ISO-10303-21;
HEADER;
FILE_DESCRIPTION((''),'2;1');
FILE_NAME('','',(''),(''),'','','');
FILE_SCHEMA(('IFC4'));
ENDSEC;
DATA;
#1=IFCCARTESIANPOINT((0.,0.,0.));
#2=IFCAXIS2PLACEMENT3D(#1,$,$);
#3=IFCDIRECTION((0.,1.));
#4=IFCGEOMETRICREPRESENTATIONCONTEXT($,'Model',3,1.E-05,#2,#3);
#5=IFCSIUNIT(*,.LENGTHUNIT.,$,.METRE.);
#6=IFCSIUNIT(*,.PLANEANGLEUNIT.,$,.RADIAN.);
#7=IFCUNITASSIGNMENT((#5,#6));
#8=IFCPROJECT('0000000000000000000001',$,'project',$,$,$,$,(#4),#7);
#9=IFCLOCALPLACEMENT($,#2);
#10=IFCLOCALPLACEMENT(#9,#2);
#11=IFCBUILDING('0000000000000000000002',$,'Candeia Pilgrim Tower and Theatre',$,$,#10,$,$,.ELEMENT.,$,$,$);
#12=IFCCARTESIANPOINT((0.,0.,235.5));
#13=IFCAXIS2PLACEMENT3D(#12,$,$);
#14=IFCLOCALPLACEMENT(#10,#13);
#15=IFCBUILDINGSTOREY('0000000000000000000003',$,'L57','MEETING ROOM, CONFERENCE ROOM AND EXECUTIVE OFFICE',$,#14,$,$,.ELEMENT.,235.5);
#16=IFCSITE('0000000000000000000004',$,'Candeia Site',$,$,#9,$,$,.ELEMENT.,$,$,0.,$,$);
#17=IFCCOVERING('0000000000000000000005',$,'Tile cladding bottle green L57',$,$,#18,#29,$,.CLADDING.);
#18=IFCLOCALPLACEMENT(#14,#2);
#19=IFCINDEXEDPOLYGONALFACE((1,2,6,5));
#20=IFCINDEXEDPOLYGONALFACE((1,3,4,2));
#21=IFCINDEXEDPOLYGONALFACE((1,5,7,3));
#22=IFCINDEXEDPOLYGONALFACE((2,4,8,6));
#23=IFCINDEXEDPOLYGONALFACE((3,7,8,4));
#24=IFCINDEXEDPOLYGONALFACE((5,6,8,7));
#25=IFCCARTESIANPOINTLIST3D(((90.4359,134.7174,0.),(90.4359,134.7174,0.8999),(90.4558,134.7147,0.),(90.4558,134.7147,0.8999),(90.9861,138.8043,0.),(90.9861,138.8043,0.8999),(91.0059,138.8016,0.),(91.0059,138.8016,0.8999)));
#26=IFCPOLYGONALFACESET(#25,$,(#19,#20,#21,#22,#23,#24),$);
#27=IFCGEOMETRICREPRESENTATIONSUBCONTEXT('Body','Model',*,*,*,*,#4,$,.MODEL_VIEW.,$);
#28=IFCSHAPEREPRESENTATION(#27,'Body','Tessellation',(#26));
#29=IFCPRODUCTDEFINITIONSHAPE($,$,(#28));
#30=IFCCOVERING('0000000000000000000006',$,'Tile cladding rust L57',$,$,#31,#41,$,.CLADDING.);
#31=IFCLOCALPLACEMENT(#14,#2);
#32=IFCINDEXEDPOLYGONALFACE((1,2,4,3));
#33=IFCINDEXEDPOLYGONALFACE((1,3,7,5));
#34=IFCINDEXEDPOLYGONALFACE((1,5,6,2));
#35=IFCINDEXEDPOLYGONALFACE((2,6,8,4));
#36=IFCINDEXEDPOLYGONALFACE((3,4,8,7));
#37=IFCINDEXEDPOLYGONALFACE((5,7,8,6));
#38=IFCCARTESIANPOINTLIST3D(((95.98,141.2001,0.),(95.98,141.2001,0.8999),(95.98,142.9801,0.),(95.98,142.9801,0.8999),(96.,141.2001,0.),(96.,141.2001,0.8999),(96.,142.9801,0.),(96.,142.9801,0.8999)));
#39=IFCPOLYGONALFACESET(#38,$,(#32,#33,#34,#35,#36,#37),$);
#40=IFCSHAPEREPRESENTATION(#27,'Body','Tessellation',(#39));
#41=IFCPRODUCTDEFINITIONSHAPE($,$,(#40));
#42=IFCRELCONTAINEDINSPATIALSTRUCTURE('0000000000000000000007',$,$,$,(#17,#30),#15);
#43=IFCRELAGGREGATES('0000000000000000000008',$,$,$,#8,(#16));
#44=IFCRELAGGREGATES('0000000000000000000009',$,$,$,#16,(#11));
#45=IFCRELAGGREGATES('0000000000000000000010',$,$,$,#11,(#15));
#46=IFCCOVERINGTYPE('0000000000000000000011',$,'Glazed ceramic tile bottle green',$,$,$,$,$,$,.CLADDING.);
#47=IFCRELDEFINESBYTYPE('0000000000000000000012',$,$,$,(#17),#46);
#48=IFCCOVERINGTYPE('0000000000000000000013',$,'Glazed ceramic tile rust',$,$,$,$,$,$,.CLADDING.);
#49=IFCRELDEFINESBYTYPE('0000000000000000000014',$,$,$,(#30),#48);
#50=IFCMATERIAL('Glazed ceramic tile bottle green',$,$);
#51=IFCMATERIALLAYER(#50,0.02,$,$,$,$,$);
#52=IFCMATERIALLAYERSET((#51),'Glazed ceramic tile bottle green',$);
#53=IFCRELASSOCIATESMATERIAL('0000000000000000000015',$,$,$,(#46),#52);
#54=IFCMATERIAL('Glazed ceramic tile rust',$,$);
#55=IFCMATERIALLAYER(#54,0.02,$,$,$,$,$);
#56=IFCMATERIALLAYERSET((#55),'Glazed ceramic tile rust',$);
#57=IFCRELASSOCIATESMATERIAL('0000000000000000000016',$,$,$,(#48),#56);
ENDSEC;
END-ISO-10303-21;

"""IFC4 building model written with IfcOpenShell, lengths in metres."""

from ifc_helpers import new_model, si_unit, direction, frame, origin, origin_2d, place, context, subcontext, project, spatial, rectangle, extrude, material, layer, layer_set, type_object, element, save


model = new_model("IFC4")

# Units and contexts
model_context = context("Model", 3, precision=1e-05, world=origin(), true_north=direction((0.0, 1.0)))
body_context = subcontext(model_context, "Body", "Model", "MODEL_VIEW")
ifc_project = project(units=[si_unit("LENGTHUNIT", "METRE"), si_unit("PLANEANGLEUNIT", "RADIAN")], contexts=[model_context])

# Site, building, storey
site_placement = place(None, origin())
site = spatial("IfcSite", under=ifc_project, at=site_placement, Name="Candeia Site", CompositionType="ELEMENT", RefElevation=0.0)
building_placement = place(site_placement, origin())
building = spatial("IfcBuilding", under=site, at=building_placement, Name="Candeia Pilgrim Tower and Theatre", CompositionType="ELEMENT")
storey_placement = place(building_placement, frame((0.0, 0.0, 235.5)))
storey = spatial("IfcBuildingStorey", under=building, at=storey_placement, Name="L57", Description="MEETING ROOM, CONFERENCE ROOM AND EXECUTIVE OFFICE", CompositionType="ELEMENT", Elevation=235.5)

# Coverings
ifc_material_1 = material(Name="Glazed ceramic tile bottle green")
ifc_layer_1 = layer(ifc_material_1, 0.02)
ifc_layer_set_1 = layer_set([ifc_layer_1], Name="Glazed ceramic tile bottle green")
covering_type_1 = type_object("IfcCoveringType", Name="Glazed ceramic tile bottle green", PredefinedType="CLADDING", material=ifc_layer_set_1)
covering_1_placement = place(storey_placement, frame((90.7209, 136.7595, 0.0), z_axis=(0.0, 0.0, 1.0), x_axis=(-0.133412, -0.991061, 0.0)))
element("IfcCovering", 1, at=covering_1_placement, inside=storey, type_object=covering_type_1, Name="Tile cladding bottle green L57", PredefinedType="CLADDING", context=body_context, shape_type="SweptSolid", body=[
    extrude(rectangle(XDim=4.1238, YDim=0.02, at=origin_2d()), origin(), (0.0, 0.0, 1.0), 0.8999),
])
ifc_material_2 = material(Name="Glazed ceramic tile rust")
ifc_layer_2 = layer(ifc_material_2, 0.02)
ifc_layer_set_2 = layer_set([ifc_layer_2], Name="Glazed ceramic tile rust")
covering_type_2 = type_object("IfcCoveringType", Name="Glazed ceramic tile rust", PredefinedType="CLADDING", material=ifc_layer_set_2)
covering_2_placement = place(storey_placement, frame((95.99, 142.0901, 0.0), z_axis=(0.0, 0.0, 1.0), x_axis=(0.0, -1.0, 0.0)))
element("IfcCovering", 2, at=covering_2_placement, inside=storey, type_object=covering_type_2, Name="Tile cladding rust L57", PredefinedType="CLADDING", context=body_context, shape_type="SweptSolid", body=[
    extrude(rectangle(XDim=1.78, YDim=0.02, at=origin_2d()), origin(), (0.0, 0.0, 1.0), 0.8999),
])

save(model, "model.ifc")
